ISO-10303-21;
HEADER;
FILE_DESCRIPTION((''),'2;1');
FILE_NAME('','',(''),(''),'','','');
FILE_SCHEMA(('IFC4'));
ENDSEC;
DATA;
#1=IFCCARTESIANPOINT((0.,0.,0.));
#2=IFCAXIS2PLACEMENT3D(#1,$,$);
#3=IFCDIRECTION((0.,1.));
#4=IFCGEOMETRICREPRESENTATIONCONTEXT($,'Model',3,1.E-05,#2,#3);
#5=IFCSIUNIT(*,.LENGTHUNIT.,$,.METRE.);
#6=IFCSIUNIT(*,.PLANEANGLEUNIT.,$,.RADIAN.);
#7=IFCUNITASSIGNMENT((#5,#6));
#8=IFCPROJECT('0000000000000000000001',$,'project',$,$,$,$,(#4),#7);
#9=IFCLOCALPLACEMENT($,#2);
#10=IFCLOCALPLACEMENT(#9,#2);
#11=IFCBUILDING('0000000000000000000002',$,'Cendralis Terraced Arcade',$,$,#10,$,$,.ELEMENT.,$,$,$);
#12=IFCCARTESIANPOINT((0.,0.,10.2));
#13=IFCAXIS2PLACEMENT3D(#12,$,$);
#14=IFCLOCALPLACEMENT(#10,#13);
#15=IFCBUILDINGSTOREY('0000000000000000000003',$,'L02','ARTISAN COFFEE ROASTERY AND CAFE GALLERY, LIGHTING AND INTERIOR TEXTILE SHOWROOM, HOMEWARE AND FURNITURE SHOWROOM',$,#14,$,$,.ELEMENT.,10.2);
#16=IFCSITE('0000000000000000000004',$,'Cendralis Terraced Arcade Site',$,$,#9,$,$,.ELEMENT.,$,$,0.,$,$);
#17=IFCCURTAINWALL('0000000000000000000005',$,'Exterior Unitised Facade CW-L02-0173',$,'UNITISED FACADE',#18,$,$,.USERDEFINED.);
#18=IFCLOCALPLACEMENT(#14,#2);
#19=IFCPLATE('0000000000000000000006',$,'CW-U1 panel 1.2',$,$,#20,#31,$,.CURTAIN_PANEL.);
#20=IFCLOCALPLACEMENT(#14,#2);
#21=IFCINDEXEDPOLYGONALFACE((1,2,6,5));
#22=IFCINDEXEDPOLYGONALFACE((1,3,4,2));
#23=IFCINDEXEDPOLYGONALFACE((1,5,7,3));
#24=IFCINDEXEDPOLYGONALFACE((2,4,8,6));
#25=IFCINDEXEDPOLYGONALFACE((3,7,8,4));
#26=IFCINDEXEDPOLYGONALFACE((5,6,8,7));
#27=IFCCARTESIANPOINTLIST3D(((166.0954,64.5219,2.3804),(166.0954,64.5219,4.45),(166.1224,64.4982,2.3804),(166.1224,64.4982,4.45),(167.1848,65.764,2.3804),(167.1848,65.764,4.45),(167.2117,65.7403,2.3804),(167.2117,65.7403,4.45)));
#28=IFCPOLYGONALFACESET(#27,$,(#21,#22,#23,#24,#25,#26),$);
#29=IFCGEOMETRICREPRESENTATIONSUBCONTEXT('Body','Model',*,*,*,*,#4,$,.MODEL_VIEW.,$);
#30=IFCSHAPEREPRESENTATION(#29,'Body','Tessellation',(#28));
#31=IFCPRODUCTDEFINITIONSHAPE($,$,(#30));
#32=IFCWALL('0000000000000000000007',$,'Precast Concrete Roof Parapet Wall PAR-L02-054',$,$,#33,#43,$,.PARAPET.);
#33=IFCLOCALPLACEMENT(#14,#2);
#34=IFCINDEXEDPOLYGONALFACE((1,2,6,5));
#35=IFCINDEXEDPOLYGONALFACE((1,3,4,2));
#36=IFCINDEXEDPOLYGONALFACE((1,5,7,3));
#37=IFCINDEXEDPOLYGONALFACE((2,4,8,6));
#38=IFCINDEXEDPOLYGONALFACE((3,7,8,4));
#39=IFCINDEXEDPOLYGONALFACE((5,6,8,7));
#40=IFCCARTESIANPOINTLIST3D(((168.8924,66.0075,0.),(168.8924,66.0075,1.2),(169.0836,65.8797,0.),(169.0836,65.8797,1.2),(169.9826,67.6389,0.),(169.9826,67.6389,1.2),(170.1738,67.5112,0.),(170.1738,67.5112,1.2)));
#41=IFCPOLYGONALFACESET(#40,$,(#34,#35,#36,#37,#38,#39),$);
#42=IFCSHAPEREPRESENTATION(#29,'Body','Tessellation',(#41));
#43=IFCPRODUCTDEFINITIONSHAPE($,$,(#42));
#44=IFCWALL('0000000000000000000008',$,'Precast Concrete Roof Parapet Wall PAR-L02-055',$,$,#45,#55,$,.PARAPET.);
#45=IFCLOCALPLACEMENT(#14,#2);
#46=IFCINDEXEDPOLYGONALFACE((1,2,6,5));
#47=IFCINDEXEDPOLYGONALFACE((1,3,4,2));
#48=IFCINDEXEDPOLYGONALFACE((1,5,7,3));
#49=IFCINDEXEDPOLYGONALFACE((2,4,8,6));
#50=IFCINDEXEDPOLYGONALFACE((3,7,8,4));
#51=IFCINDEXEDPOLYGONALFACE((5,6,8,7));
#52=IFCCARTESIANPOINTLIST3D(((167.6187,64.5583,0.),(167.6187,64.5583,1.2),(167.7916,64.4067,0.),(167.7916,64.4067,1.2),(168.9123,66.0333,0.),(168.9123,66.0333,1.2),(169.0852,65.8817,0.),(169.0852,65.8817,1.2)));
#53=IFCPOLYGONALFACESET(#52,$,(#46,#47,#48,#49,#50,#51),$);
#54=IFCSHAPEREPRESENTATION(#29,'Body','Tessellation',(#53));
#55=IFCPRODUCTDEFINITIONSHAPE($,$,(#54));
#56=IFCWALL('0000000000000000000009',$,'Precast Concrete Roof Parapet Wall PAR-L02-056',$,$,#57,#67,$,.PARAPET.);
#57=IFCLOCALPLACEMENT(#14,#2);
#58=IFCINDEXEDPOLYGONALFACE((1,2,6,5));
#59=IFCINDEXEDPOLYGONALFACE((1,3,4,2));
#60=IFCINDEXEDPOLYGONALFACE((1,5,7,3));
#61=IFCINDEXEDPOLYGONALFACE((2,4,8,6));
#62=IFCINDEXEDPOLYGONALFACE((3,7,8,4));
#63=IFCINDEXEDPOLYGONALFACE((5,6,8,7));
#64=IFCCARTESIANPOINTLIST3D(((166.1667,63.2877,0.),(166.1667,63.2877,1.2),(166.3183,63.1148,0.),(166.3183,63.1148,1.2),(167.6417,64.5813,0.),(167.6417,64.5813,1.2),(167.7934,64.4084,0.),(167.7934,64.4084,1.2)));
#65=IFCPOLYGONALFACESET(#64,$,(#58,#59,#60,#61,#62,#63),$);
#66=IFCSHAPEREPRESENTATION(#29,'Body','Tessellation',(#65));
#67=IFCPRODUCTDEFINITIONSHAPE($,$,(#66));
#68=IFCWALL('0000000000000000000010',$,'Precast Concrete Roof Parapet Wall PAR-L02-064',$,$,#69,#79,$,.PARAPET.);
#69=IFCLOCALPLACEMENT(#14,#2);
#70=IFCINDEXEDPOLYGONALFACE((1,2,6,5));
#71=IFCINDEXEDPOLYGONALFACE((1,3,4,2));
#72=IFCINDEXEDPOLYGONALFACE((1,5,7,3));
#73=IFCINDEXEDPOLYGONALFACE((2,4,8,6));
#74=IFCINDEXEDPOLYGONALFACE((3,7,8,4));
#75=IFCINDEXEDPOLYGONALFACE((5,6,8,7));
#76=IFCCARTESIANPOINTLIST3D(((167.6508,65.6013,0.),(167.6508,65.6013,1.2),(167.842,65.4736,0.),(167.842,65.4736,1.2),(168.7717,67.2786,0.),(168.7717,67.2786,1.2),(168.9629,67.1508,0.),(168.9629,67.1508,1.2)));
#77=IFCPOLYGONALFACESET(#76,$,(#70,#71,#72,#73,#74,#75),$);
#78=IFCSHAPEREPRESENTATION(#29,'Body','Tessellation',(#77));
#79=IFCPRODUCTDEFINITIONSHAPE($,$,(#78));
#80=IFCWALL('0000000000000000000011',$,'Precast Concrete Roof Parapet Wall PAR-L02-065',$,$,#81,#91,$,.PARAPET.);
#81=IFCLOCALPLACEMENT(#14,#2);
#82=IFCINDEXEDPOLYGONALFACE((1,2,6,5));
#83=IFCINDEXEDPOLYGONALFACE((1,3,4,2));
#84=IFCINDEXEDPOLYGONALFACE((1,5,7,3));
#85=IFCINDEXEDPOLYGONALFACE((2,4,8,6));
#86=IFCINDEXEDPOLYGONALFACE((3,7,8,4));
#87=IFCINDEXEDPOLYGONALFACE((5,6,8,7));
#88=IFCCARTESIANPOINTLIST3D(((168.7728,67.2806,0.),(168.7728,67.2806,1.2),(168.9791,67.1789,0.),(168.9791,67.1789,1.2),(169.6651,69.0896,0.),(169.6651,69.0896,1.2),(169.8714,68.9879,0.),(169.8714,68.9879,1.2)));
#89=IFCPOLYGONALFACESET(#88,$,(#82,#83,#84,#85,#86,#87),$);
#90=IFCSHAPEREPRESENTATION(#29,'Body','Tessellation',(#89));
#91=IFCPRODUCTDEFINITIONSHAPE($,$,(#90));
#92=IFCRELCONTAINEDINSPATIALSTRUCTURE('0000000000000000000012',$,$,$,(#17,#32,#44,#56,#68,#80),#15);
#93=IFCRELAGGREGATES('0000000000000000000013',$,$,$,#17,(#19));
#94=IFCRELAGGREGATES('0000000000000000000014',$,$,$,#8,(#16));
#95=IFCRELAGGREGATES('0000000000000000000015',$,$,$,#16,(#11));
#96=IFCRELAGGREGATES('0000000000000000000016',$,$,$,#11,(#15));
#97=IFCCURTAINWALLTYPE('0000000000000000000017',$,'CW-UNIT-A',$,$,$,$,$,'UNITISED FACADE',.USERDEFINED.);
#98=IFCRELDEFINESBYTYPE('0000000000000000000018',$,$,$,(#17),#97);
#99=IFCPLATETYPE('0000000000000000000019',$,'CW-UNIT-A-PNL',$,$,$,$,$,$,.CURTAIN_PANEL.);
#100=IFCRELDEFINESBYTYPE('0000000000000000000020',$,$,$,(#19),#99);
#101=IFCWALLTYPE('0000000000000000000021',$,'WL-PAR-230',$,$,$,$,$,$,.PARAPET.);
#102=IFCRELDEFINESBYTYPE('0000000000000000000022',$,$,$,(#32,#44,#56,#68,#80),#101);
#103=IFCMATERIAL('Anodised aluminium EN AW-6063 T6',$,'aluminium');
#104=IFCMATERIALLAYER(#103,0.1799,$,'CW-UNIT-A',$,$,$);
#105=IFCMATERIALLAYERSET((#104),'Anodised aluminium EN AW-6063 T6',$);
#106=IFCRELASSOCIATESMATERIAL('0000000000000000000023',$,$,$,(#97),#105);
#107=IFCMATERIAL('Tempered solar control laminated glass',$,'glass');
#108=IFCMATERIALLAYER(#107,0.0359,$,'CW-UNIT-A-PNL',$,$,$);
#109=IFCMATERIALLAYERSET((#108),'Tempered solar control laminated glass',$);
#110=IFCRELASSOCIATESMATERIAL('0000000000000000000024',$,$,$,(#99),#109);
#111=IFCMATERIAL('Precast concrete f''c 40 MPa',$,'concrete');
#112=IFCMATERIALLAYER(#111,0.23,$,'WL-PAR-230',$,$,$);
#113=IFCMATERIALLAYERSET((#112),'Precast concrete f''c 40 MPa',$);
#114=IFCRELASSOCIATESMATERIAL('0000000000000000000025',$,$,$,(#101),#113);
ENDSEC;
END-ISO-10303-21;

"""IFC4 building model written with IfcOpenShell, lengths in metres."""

from ifc_helpers import new_model, si_unit, direction, frame, frame_2d, origin, origin_2d, place, context, subcontext, project, spatial, rectangle, extrude, material, layer, layer_set, type_object, element, aggregate, save


model = new_model("IFC4")

# Units and contexts
model_context = context("Model", 3, precision=1e-05, world=origin(), true_north=direction((0.0, 1.0)))
body_context = subcontext(model_context, "Body", "Model", "MODEL_VIEW")
ifc_project = project(units=[si_unit("LENGTHUNIT", "METRE"), si_unit("PLANEANGLEUNIT", "RADIAN")], contexts=[model_context])

# Site, building, storey
site_placement = place(None, origin())
site = spatial("IfcSite", under=ifc_project, at=site_placement, Name="Cendralis Terraced Arcade Site", CompositionType="ELEMENT", RefElevation=0.0)
building_placement = place(site_placement, origin())
building = spatial("IfcBuilding", under=site, at=building_placement, Name="Cendralis Terraced Arcade", CompositionType="ELEMENT")
storey_placement = place(building_placement, frame((0.0, 0.0, 10.2)))
storey = spatial("IfcBuildingStorey", under=building, at=storey_placement, Name="L02", Description="ARTISAN COFFEE ROASTERY AND CAFE GALLERY, LIGHTING AND INTERIOR TEXTILE SHOWROOM, HOMEWARE AND FURNITURE SHOWROOM", CompositionType="ELEMENT", Elevation=10.2)

# Shared definitions
ifc_material_1 = material(Name="Anodised aluminium EN AW-6063 T6", Category="aluminium")
ifc_layer_1 = layer(ifc_material_1, 0.1799, Name="CW-UNIT-A")
ifc_layer_set_1 = layer_set([ifc_layer_1], Name="Anodised aluminium EN AW-6063 T6")
curtain_wall_type = type_object("IfcCurtainWallType", Name="CW-UNIT-A", ElementType="UNITISED FACADE", PredefinedType="USERDEFINED", material=ifc_layer_set_1)

# Curtain wall
curtain_wall_1_placement = place(storey_placement, origin())
curtain_wall_1 = element("IfcCurtainWall", 1, at=curtain_wall_1_placement, inside=storey, type_object=curtain_wall_type, Name="Exterior Unitised Facade CW-L02-0173", ObjectType="UNITISED FACADE", PredefinedType="USERDEFINED")

# Plate
ifc_material_2 = material(Name="Tempered solar control laminated glass", Category="glass")
ifc_layer_2 = layer(ifc_material_2, 0.0359, Name="CW-UNIT-A-PNL")
ifc_layer_set_2 = layer_set([ifc_layer_2], Name="Tempered solar control laminated glass")
plate_type = type_object("IfcPlateType", Name="CW-UNIT-A-PNL", PredefinedType="CURTAIN_PANEL", material=ifc_layer_set_2)
plate_1_placement = place(storey_placement, frame((166.6536, 65.1311, 2.3804), z_axis=(0.0, 0.0, 1.0), x_axis=(-0.659386, -0.751804, 0.0)))
plate_1 = element("IfcPlate", 2, at=plate_1_placement, type_object=plate_type, Name="CW-U1 panel 1.2", PredefinedType="CURTAIN_PANEL", context=body_context, shape_type="SweptSolid", body=[
    extrude(rectangle(XDim=1.6521, YDim=0.0359, at=origin_2d()), origin(), (0.0, 0.0, 1.0), 2.0696),
])
aggregate(curtain_wall_1, [plate_1])

# Walls
ifc_material_3 = material(Name="Precast concrete f'c 40 MPa", Category="concrete")
ifc_layer_3 = layer(ifc_material_3, 0.23, Name="WL-PAR-230")
ifc_layer_set_3 = layer_set([ifc_layer_3], Name="Precast concrete f'c 40 MPa")
wall_type = type_object("IfcWallType", Name="WL-PAR-230", PredefinedType="PARAPET", material=ifc_layer_set_3)
wall_1_placement = place(storey_placement, frame((170.0781, 67.575, 0.0), z_axis=(0.0, 0.0, 1.0), x_axis=(-0.55559, -0.831456, 0.0)))
element("IfcWall", 3, at=wall_1_placement, inside=storey, type_object=wall_type, Name="Precast Concrete Roof Parapet Wall PAR-L02-054", PredefinedType="PARAPET", context=body_context, shape_type="SweptSolid", body=[
    extrude(rectangle(XDim=1.9622, YDim=0.23, at=frame_2d((0.981, 0.0))), origin(), (0.0, 0.0, 1.0), 1.2),
])
for number, where, z_axis, x_axis, name in (
    (4, (168.9988, 65.9575, 0.0), (0.0, 0.0, 1.0), (-0.659367, -0.751821, 0.0), "Precast Concrete Roof Parapet Wall PAR-L02-055"),
    (5, (167.7175, 64.4949, 0.0), (0.0, 0.0, 1.0), (-0.751821, -0.659367, 0.0), "Precast Concrete Roof Parapet Wall PAR-L02-056"),
):
    element("IfcWall", number, at=place(storey_placement, frame(where, z_axis=z_axis, x_axis=x_axis)), inside=storey, type_object=wall_type, Name=name, PredefinedType="PARAPET", context=body_context, shape_type="SweptSolid", body=[
        extrude(rectangle(XDim=1.9619, YDim=0.23, at=frame_2d((0.981, 0.0))), origin(), (0.0, 0.0, 1.0), 1.2),
    ])
wall_2_placement = place(storey_placement, frame((167.7463, 65.5374, 0.0), z_axis=(0.0, 0.0, 1.0), x_axis=(0.555622, 0.831435, 0.0)))
element("IfcWall", 6, at=wall_2_placement, inside=storey, type_object=wall_type, Name="Precast Concrete Roof Parapet Wall PAR-L02-064", PredefinedType="PARAPET", context=body_context, shape_type="SweptSolid", body=[
    extrude(rectangle(XDim=2.0173, YDim=0.23, at=frame_2d((1.0088, 0.0))), origin(), (0.0, 0.0, 1.0), 1.2),
])
wall_3_placement = place(storey_placement, frame((168.876, 67.2297, 0.0), z_axis=(0.0, 0.0, 1.0), x_axis=(0.442366, 0.896835, 0.0)))
element("IfcWall", 7, at=wall_3_placement, inside=storey, type_object=wall_type, Name="Precast Concrete Roof Parapet Wall PAR-L02-065", PredefinedType="PARAPET", context=body_context, shape_type="SweptSolid", body=[
    extrude(rectangle(XDim=2.0171, YDim=0.23, at=frame_2d((1.0085, 0.0))), origin(), (0.0, 0.0, 1.0), 1.2),
])

save(model, "model.ifc")
